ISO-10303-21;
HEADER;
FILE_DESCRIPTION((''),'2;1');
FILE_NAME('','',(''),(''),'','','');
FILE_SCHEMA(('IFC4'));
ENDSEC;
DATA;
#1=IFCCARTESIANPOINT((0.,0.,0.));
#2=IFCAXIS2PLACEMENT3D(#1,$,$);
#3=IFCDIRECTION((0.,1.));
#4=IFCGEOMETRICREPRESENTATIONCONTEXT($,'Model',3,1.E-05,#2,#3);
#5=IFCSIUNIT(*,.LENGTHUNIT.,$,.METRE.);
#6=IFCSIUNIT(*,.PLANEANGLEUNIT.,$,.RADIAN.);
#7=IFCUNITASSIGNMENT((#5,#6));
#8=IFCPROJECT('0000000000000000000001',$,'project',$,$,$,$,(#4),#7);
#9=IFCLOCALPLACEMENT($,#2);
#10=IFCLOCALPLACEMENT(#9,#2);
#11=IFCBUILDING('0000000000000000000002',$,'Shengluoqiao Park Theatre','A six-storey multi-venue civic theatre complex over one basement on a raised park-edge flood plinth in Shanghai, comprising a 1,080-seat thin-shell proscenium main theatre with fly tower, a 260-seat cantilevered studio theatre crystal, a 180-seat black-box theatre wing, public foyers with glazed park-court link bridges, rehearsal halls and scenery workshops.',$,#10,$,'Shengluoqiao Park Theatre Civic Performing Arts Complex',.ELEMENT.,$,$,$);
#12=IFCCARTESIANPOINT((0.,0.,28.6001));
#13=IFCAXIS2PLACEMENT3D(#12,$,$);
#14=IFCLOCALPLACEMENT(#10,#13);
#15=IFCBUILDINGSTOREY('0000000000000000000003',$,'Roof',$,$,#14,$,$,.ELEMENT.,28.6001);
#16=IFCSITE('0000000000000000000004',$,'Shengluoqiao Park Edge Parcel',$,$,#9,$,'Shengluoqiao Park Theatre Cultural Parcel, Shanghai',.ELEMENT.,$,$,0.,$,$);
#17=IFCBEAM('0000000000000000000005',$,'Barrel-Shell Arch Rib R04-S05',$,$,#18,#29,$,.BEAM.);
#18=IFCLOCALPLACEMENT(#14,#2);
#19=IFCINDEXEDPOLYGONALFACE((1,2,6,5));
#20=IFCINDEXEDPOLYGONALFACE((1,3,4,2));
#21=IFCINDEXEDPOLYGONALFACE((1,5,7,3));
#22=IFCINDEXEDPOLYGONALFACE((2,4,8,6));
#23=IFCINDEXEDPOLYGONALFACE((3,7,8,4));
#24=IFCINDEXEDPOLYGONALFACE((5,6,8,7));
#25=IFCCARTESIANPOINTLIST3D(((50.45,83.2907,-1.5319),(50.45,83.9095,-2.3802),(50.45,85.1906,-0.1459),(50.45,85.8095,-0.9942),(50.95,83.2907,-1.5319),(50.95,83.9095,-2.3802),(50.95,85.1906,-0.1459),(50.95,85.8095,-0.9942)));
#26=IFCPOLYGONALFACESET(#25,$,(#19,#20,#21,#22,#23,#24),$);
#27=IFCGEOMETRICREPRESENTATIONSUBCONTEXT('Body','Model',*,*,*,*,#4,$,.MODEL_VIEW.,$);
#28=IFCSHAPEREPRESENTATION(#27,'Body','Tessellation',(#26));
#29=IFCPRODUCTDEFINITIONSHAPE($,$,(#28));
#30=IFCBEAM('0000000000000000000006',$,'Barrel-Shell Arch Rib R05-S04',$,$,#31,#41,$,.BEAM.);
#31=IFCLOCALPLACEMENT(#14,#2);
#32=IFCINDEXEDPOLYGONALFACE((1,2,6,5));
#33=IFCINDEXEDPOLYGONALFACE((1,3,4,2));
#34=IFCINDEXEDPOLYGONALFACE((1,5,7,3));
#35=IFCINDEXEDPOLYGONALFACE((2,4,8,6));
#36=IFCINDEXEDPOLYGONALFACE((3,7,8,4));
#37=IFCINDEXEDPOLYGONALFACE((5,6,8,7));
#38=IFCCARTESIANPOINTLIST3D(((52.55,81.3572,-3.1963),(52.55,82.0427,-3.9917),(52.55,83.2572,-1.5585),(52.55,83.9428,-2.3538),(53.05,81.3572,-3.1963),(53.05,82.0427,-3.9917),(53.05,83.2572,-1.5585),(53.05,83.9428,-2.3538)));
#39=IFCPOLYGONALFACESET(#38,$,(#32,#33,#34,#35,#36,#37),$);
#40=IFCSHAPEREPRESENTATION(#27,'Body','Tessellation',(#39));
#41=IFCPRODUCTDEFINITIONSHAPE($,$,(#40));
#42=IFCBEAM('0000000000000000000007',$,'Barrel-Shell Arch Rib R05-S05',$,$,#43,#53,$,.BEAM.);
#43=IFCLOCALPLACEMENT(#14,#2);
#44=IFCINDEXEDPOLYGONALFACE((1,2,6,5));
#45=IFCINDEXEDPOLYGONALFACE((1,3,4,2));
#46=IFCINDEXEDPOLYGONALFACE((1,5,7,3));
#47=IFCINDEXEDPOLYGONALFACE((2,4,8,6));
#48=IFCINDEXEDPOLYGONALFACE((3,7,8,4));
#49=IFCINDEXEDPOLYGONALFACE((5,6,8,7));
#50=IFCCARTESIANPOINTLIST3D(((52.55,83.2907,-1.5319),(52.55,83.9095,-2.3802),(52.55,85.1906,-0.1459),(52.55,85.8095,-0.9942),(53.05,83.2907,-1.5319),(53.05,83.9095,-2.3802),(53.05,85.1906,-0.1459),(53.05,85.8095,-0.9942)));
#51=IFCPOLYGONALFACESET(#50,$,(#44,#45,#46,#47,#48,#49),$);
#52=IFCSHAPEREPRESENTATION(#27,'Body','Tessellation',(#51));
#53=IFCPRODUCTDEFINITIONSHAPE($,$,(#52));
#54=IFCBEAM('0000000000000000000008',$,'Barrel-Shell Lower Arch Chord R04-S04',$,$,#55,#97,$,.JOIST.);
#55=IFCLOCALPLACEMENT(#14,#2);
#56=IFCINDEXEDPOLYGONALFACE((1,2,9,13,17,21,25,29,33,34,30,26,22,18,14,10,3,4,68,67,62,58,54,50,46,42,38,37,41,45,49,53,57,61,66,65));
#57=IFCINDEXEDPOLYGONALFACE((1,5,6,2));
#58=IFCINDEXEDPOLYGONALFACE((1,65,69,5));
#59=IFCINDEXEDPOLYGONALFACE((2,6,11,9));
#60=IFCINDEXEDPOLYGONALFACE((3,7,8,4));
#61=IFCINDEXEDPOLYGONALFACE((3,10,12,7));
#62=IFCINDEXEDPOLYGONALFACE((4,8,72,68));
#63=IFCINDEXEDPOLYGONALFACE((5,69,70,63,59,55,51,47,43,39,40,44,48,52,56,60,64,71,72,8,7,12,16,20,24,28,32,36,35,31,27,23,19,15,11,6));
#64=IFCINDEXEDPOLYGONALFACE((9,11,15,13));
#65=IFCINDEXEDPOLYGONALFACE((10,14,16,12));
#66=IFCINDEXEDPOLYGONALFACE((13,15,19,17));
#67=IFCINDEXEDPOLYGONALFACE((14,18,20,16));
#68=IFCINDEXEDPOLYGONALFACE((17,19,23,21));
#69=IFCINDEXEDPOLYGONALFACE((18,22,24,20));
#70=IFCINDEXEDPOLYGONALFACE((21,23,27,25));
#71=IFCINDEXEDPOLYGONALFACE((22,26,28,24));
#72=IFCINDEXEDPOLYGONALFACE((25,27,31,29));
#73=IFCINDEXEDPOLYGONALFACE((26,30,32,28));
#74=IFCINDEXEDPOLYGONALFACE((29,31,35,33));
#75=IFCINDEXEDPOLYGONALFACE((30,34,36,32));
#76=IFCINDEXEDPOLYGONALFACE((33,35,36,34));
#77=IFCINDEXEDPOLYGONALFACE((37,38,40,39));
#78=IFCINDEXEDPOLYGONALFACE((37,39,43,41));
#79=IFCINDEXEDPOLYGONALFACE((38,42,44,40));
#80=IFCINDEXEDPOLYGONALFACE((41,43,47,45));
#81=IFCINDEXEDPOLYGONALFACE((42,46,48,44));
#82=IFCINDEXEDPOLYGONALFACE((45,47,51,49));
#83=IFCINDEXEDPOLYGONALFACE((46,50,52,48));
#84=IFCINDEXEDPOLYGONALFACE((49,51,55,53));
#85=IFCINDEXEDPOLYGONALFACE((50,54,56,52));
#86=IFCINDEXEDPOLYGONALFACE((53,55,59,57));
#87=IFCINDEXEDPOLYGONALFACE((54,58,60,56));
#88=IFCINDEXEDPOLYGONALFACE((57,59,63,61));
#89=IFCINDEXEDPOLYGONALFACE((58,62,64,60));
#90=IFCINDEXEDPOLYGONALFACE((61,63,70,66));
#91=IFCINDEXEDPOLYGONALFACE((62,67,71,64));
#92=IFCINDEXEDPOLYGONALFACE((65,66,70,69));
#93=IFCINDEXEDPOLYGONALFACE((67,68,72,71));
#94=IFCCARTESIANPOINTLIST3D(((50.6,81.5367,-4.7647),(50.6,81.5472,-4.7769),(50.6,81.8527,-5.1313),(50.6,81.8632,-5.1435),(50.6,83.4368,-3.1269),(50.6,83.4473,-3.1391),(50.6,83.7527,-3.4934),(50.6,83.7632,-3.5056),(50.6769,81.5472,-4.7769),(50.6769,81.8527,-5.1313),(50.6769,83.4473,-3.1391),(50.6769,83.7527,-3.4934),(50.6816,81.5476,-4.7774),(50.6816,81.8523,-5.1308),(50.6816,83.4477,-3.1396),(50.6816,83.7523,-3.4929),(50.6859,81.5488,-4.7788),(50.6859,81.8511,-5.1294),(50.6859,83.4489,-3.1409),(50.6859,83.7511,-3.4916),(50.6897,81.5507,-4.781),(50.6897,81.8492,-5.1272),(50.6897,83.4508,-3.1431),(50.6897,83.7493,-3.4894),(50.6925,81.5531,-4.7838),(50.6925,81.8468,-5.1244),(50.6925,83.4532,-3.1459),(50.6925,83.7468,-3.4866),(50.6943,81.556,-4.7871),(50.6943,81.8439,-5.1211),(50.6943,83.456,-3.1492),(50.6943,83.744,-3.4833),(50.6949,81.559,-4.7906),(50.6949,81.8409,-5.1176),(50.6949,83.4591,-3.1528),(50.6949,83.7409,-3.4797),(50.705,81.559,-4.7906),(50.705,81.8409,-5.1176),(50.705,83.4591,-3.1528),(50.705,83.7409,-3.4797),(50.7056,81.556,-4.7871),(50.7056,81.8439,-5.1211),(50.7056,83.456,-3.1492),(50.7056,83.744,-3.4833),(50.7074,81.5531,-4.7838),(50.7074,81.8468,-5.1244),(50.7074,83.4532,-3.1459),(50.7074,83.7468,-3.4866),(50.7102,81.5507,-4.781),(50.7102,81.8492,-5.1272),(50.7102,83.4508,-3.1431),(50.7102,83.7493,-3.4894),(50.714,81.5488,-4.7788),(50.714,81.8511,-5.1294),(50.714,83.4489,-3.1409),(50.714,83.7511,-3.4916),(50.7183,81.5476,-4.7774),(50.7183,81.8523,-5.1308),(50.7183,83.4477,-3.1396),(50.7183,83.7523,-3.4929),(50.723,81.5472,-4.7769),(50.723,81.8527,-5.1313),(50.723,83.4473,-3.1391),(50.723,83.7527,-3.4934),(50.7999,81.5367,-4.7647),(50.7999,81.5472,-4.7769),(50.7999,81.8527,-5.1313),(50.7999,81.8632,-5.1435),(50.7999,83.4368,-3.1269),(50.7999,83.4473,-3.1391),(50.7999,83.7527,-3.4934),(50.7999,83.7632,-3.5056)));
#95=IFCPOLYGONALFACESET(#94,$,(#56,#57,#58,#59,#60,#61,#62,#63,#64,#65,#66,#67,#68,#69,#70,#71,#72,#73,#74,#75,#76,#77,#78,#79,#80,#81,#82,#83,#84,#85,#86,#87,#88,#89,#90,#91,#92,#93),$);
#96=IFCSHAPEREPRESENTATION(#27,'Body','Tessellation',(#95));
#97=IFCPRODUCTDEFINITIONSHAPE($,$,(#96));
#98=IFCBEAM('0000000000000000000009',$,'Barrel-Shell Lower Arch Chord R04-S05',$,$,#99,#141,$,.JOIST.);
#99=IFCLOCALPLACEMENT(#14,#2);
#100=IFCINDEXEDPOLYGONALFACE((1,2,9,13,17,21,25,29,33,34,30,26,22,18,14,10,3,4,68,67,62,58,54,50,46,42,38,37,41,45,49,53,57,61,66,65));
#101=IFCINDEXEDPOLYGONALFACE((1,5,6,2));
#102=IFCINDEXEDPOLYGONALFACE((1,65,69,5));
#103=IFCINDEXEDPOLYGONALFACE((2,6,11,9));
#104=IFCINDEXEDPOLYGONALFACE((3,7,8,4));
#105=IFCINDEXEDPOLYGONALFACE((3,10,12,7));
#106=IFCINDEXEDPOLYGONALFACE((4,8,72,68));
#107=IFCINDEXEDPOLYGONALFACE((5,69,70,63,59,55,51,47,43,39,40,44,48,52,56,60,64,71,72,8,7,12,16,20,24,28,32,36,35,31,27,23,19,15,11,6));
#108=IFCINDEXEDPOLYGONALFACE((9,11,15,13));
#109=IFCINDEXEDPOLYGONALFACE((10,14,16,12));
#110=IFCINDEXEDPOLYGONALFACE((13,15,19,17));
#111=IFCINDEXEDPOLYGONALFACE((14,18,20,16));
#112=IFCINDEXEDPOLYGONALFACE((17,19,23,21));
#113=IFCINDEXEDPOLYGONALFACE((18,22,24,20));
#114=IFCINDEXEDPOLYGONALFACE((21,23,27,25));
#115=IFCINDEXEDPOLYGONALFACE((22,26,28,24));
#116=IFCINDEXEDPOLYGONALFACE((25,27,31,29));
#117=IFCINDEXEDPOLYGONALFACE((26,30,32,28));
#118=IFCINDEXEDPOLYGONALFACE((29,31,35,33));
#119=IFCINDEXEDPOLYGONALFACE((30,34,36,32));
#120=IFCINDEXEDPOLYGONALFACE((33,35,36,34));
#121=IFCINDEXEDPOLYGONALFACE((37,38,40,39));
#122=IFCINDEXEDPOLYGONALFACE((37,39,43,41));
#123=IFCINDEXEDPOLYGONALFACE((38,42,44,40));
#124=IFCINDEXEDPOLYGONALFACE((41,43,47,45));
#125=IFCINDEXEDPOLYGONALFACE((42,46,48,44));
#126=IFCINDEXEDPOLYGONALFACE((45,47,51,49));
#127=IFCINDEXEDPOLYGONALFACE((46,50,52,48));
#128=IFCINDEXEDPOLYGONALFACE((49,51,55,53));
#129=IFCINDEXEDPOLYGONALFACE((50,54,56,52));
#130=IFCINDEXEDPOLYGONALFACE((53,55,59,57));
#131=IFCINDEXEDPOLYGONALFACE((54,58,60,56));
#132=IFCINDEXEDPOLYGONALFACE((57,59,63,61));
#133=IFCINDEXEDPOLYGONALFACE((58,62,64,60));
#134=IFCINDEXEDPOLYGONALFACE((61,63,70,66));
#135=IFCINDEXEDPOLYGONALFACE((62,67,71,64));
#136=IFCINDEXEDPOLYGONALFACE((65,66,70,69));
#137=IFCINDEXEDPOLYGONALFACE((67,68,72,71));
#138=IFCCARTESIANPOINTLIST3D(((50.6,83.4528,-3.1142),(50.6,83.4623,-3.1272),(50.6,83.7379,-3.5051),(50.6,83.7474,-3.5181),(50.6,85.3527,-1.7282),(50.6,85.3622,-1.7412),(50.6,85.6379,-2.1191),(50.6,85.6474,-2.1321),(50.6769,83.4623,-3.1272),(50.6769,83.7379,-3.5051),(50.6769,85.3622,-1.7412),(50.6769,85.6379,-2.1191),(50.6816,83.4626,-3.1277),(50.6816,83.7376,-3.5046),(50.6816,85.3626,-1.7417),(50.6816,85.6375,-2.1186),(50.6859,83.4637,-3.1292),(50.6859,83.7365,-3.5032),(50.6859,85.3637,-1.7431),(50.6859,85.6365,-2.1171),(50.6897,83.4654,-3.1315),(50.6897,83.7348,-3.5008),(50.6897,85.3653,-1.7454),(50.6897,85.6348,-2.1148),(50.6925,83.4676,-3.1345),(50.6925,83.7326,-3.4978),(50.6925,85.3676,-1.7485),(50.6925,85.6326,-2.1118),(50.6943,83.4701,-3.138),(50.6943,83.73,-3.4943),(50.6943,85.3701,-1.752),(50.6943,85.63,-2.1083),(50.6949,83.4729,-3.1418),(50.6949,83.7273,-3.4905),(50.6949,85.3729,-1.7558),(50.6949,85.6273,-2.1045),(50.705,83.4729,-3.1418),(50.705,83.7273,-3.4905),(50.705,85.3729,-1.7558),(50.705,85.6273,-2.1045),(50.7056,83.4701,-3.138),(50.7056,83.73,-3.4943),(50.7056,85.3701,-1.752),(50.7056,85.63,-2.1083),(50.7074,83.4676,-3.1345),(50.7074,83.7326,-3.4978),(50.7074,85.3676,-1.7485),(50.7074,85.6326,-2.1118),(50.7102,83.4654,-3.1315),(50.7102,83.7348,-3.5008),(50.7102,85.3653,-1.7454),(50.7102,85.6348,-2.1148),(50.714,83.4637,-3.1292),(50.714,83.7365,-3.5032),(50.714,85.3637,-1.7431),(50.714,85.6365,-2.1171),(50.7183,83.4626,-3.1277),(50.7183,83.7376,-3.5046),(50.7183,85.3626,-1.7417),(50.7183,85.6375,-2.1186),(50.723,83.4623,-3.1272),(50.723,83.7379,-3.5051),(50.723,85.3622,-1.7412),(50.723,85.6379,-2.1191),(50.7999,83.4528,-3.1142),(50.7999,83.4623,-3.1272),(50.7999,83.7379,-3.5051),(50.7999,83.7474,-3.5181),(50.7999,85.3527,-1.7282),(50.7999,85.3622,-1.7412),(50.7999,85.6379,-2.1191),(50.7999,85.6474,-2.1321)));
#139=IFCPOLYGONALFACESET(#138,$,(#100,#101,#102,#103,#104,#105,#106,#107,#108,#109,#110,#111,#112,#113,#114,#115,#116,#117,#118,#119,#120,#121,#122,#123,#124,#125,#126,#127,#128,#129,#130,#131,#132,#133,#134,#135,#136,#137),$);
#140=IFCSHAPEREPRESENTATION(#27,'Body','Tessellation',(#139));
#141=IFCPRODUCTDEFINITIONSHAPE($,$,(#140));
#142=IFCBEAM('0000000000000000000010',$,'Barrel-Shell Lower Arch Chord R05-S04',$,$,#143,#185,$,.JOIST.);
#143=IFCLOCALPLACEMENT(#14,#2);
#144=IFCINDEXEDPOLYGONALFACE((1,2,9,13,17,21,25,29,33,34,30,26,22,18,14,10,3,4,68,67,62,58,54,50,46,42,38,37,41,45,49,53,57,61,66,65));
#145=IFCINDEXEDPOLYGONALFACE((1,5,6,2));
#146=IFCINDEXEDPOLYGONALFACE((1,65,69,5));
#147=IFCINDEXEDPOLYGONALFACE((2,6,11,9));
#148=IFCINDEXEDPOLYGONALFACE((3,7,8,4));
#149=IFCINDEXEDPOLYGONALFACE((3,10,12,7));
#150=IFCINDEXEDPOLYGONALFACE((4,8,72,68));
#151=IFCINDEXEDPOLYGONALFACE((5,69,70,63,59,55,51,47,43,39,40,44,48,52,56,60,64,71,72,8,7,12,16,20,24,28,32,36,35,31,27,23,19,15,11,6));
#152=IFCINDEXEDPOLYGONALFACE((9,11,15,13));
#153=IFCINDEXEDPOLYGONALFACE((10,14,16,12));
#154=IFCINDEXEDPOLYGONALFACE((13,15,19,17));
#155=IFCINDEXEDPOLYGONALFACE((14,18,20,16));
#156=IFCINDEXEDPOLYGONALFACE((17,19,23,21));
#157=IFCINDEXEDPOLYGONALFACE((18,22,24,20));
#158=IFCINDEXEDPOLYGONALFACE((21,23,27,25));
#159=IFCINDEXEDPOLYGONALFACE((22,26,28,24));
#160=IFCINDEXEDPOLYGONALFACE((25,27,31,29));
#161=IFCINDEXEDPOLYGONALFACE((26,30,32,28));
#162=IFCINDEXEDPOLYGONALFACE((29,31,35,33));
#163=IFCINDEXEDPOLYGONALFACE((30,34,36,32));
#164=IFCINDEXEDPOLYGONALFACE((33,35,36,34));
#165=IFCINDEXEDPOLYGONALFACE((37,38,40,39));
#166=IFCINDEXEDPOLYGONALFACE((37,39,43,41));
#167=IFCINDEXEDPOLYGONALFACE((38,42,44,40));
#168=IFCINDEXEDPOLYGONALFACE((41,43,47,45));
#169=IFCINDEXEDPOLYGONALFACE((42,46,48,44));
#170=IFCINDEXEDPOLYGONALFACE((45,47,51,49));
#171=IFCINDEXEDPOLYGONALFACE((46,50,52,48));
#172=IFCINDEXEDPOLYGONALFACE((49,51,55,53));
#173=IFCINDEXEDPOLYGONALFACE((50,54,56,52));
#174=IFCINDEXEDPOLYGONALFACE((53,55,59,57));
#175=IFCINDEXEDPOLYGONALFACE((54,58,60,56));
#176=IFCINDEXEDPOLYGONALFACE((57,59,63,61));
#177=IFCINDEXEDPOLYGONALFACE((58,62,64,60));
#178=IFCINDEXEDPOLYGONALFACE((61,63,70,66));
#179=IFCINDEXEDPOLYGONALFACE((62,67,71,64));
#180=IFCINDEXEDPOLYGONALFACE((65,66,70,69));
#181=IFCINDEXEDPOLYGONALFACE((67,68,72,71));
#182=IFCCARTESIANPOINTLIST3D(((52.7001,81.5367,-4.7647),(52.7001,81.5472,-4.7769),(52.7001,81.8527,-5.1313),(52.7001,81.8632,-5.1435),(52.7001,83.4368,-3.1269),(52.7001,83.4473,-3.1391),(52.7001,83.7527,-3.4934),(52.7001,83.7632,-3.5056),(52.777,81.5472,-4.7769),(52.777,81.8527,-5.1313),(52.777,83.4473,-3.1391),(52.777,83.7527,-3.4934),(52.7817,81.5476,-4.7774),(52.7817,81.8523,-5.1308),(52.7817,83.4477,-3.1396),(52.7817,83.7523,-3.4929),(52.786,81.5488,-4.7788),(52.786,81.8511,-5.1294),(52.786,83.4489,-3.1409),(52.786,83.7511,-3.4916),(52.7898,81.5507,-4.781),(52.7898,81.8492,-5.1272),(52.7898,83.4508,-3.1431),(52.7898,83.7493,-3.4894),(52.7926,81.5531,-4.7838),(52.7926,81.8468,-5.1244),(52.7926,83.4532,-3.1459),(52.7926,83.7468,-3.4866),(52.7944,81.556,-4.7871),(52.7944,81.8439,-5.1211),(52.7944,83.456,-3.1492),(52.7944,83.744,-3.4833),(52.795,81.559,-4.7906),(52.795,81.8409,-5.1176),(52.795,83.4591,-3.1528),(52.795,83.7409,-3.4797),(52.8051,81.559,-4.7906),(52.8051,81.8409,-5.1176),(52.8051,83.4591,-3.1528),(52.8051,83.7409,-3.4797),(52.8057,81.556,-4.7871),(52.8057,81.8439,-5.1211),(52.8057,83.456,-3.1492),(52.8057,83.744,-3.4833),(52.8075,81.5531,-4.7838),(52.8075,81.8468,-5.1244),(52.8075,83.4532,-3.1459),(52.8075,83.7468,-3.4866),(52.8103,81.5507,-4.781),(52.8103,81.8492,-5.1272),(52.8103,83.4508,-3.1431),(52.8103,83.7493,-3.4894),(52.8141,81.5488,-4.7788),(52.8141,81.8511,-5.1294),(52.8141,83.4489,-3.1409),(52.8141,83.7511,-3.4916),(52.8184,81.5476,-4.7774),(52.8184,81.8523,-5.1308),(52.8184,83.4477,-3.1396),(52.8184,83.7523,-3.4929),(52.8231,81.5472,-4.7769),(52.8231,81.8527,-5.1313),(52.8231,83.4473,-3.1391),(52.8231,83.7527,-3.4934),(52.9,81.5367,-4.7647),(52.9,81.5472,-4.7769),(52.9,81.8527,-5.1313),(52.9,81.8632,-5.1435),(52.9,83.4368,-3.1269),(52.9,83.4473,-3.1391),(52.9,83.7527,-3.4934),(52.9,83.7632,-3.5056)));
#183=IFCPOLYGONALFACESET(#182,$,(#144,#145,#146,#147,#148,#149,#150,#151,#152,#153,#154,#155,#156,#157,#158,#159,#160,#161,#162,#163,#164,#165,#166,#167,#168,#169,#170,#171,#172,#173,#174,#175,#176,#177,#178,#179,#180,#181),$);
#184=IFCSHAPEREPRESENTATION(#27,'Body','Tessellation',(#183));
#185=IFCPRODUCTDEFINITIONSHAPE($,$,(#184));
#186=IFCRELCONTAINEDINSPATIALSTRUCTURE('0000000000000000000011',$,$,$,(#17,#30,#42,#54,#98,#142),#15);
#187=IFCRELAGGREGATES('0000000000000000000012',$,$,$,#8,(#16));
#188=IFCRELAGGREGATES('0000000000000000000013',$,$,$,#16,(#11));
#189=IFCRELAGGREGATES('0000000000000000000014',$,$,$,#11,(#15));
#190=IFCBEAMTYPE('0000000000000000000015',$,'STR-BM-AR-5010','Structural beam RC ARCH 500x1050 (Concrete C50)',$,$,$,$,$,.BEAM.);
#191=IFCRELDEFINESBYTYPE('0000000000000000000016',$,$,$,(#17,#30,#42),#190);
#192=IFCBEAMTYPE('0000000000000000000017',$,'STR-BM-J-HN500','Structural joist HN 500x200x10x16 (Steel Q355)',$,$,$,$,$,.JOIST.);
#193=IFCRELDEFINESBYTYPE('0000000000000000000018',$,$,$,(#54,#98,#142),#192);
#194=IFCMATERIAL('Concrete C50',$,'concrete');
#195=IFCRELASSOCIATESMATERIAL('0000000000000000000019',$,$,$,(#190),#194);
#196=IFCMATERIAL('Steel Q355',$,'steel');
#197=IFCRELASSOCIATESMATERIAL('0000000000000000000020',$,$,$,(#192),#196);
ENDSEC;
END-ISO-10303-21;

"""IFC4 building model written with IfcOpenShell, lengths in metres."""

from ifc_helpers import new_model, si_unit, direction, frame, origin, origin_2d, place, context, subcontext, project, spatial, rectangle, i_section, extrude, material, material_profile, profile_set, type_object, element, save


model = new_model("IFC4")

# Units and contexts
model_context = context("Model", 3, precision=1e-05, world=origin(), true_north=direction((0.0, 1.0)))
body_context = subcontext(model_context, "Body", "Model", "MODEL_VIEW")
ifc_project = project(units=[si_unit("LENGTHUNIT", "METRE"), si_unit("PLANEANGLEUNIT", "RADIAN")], contexts=[model_context])

# Site, building, storey
site_placement = place(None, origin())
site = spatial("IfcSite", under=ifc_project, at=site_placement, Name="Shengluoqiao Park Edge Parcel", LongName="Shengluoqiao Park Theatre Cultural Parcel, Shanghai", CompositionType="ELEMENT", RefElevation=0.0)
building_placement = place(site_placement, origin())
building = spatial("IfcBuilding", under=site, at=building_placement, Name="Shengluoqiao Park Theatre", Description="A six-storey multi-venue civic theatre complex over one basement on a raised park-edge flood plinth in Shanghai, comprising a 1,080-seat thin-shell proscenium main theatre with fly tower, a 260-seat cantilevered studio theatre crystal, a 180-seat black-box theatre wing, public foyers with glazed park-court link bridges, rehearsal halls and scenery workshops.", LongName="Shengluoqiao Park Theatre Civic Performing Arts Complex", CompositionType="ELEMENT")
storey_placement = place(building_placement, frame((0.0, 0.0, 28.6001)))
storey = spatial("IfcBuildingStorey", under=building, at=storey_placement, Name="Roof", CompositionType="ELEMENT", Elevation=28.6001)

# Beams
ifc_material_1 = material(Name="Concrete C50", Category="concrete")
ifc_material_profile_1 = material_profile(ifc_material_1, rectangle(XDim=0.5, YDim=1.05, at=origin_2d()), Name="RC ARCH 500x1050")
ifc_profile_set_1 = profile_set([ifc_material_profile_1], Name="Concrete C50")
beam_type_1 = type_object("IfcBeamType", Name="STR-BM-AR-5010", Description="Structural beam RC ARCH 500x1050 (Concrete C50)", PredefinedType="BEAM", material=ifc_profile_set_1)
beam_1_placement = place(storey_placement, frame((50.7, 83.6001, -1.9561), z_axis=(0.0, 0.807878, 0.58935), x_axis=(-1.0, 0.0, 0.0)))
element("IfcBeam", 1, at=beam_1_placement, inside=storey, type_object=beam_type_1, Name="Barrel-Shell Arch Rib R04-S05", PredefinedType="BEAM", context=body_context, shape_type="SweptSolid", body=[
    extrude(rectangle(XDim=0.5, YDim=1.05, at=origin_2d()), origin(), (0.0, 0.0, 1.0), 2.3518),
])
beam_2_placement = place(storey_placement, frame((52.8, 81.7, -3.594), z_axis=(0.0, 0.757433, 0.652913), x_axis=(-1.0, 0.0, 0.0)))
element("IfcBeam", 2, at=beam_2_placement, inside=storey, type_object=beam_type_1, Name="Barrel-Shell Arch Rib R05-S04", PredefinedType="BEAM", context=body_context, shape_type="SweptSolid", body=[
    extrude(rectangle(XDim=0.5, YDim=1.05, at=origin_2d()), origin(), (0.0, 0.0, 1.0), 2.5085),
])
beam_3_placement = place(storey_placement, frame((52.8, 83.6001, -1.9561), z_axis=(0.0, 0.807878, 0.58935), x_axis=(-1.0, 0.0, 0.0)))
element("IfcBeam", 3, at=beam_3_placement, inside=storey, type_object=beam_type_1, Name="Barrel-Shell Arch Rib R05-S05", PredefinedType="BEAM", context=body_context, shape_type="SweptSolid", body=[
    extrude(rectangle(XDim=0.5, YDim=1.05, at=origin_2d()), origin(), (0.0, 0.0, 1.0), 2.3518),
])
ifc_material_2 = material(Name="Steel Q355", Category="steel")
ifc_material_profile_2 = material_profile(ifc_material_2, i_section(OverallWidth=0.2, OverallDepth=0.5, WebThickness=0.01, FlangeThickness=0.0161, FilletRadius=0.0181, at=origin_2d()), Name="HN 500x200x10x16")
ifc_profile_set_2 = profile_set([ifc_material_profile_2], Name="Steel Q355")
beam_type_2 = type_object("IfcBeamType", Name="STR-BM-J-HN500", Description="Structural joist HN 500x200x10x16 (Steel Q355)", PredefinedType="JOIST", material=ifc_profile_set_2)
beam_4_placement = place(storey_placement, frame((50.7, 81.7, -4.9541), z_axis=(0.0, 0.757433, 0.652913), x_axis=(-1.0, 0.0, 0.0)))
element("IfcBeam", 4, at=beam_4_placement, inside=storey, type_object=beam_type_2, Name="Barrel-Shell Lower Arch Chord R04-S04", PredefinedType="JOIST", context=body_context, shape_type="SweptSolid", body=[
    extrude(i_section(OverallWidth=0.2, OverallDepth=0.5, WebThickness=0.01, FlangeThickness=0.0161, FilletRadius=0.0181, at=origin_2d()), origin(), (0.0, 0.0, 1.0), 2.5085),
])
beam_5_placement = place(storey_placement, frame((50.7, 83.6001, -3.3162), z_axis=(0.0, 0.807878, 0.58935), x_axis=(-1.0, 0.0, 0.0)))
element("IfcBeam", 5, at=beam_5_placement, inside=storey, type_object=beam_type_2, Name="Barrel-Shell Lower Arch Chord R04-S05", PredefinedType="JOIST", context=body_context, shape_type="SweptSolid", body=[
    extrude(i_section(OverallWidth=0.2, OverallDepth=0.5, WebThickness=0.01, FlangeThickness=0.0161, FilletRadius=0.0181, at=origin_2d()), origin(), (0.0, 0.0, 1.0), 2.3518),
])
beam_6_placement = place(storey_placement, frame((52.8, 81.7, -4.9541), z_axis=(0.0, 0.757433, 0.652913), x_axis=(-1.0, 0.0, 0.0)))
element("IfcBeam", 6, at=beam_6_placement, inside=storey, type_object=beam_type_2, Name="Barrel-Shell Lower Arch Chord R05-S04", PredefinedType="JOIST", context=body_context, shape_type="SweptSolid", body=[
    extrude(i_section(OverallWidth=0.2, OverallDepth=0.5, WebThickness=0.01, FlangeThickness=0.0161, FilletRadius=0.0181, at=origin_2d()), origin(), (0.0, 0.0, 1.0), 2.5085),
])

save(model, "model.ifc")
